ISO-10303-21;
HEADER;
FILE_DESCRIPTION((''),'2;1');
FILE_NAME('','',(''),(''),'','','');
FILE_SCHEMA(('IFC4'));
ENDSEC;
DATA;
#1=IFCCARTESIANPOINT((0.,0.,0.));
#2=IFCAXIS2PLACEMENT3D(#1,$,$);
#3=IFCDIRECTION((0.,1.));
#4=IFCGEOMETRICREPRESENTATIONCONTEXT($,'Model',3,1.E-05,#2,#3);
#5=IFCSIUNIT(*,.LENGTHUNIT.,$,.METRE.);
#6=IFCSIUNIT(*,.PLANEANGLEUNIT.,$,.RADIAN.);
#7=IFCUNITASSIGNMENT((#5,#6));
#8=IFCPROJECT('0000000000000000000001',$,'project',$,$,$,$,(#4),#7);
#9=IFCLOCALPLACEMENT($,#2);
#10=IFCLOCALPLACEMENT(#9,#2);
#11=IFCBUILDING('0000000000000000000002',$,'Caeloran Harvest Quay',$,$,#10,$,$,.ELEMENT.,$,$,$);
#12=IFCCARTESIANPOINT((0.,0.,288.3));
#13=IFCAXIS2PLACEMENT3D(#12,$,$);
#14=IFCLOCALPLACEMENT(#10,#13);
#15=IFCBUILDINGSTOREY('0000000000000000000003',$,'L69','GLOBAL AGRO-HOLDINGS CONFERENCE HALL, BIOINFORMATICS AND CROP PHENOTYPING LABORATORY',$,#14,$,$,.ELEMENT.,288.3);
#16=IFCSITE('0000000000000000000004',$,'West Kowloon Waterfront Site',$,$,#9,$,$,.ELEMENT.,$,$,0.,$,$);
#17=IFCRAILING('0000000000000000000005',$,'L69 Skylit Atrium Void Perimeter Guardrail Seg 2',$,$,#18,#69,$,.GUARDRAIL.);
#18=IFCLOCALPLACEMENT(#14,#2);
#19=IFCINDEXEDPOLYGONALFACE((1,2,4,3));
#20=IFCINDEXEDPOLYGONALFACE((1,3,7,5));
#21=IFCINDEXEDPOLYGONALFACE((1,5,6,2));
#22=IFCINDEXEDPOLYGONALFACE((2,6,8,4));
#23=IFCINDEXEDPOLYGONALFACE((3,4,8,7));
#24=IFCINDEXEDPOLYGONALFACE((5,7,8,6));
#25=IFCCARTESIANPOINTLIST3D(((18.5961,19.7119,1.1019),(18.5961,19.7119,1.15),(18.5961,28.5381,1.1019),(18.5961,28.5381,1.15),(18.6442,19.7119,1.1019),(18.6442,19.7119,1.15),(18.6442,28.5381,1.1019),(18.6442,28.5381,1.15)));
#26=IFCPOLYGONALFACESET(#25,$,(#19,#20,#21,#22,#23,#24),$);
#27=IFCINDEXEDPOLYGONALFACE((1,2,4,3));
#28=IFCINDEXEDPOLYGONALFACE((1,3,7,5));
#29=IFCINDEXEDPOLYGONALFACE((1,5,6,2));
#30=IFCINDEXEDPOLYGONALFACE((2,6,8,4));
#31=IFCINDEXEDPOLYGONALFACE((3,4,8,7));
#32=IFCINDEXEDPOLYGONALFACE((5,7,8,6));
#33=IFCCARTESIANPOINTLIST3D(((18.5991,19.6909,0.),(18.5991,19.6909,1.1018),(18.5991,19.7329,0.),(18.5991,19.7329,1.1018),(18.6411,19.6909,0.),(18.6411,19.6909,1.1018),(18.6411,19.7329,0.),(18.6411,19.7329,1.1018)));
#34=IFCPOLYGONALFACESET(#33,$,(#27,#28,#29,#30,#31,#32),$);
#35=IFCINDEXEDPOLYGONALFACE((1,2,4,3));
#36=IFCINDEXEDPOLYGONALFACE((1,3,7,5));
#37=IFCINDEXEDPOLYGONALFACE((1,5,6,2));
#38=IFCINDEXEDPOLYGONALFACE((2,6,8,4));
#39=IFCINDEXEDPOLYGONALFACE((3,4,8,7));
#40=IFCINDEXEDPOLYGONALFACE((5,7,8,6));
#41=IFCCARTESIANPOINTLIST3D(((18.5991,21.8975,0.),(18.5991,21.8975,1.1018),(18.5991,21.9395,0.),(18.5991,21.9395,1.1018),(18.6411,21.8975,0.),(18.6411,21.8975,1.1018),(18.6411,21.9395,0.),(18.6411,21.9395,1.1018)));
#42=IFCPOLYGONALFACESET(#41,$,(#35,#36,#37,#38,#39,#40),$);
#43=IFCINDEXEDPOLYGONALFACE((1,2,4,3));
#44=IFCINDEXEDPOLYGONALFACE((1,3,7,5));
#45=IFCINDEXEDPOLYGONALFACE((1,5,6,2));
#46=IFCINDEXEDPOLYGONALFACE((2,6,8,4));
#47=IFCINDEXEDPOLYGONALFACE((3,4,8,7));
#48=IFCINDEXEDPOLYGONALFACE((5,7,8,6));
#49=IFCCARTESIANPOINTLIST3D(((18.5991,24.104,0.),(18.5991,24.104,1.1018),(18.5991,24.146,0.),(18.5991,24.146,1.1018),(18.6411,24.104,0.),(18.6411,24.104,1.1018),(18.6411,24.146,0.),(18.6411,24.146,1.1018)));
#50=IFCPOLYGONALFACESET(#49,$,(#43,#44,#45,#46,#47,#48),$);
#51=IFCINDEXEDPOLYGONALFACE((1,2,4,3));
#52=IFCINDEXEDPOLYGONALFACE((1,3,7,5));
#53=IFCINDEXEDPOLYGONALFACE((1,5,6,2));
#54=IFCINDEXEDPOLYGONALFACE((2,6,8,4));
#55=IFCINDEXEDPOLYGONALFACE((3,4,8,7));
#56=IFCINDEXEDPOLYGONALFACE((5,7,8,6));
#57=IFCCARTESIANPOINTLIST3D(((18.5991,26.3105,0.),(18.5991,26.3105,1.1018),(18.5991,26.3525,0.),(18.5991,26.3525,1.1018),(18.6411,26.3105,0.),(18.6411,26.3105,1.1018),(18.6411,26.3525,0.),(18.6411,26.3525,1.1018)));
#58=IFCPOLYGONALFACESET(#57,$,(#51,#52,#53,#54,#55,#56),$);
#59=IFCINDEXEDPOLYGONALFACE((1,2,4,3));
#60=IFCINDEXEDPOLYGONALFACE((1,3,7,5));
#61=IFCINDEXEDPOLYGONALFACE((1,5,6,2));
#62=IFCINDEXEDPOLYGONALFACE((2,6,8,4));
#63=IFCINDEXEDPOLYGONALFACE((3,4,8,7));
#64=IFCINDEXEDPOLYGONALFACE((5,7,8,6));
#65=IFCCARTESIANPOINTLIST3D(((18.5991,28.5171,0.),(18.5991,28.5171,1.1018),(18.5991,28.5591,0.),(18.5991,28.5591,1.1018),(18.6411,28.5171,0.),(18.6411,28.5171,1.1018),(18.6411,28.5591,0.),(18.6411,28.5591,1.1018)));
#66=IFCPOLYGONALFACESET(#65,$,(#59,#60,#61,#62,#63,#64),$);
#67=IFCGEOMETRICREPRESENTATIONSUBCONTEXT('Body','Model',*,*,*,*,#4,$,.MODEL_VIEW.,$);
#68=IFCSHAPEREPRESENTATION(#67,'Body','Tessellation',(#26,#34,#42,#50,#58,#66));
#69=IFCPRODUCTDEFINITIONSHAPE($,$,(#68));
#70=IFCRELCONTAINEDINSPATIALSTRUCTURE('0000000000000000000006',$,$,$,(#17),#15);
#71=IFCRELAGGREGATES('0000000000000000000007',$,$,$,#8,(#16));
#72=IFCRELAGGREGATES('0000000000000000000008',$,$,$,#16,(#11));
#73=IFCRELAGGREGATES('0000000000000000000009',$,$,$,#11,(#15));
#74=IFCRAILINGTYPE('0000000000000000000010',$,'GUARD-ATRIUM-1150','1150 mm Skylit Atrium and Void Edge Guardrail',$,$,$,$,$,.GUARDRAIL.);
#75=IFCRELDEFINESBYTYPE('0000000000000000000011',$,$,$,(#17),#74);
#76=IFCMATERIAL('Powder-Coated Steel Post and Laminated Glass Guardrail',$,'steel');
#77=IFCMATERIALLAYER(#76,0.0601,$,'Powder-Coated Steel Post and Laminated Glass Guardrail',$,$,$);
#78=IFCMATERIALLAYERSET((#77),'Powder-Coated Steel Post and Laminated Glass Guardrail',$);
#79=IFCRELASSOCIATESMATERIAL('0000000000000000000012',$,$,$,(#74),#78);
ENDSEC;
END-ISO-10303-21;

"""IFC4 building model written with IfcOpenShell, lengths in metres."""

from ifc_helpers import new_model, si_unit, direction, frame, origin, origin_2d, place, context, subcontext, project, spatial, rectangle, extrude, material, layer, layer_set, type_object, element, save


model = new_model("IFC4")

# Units and contexts
model_context = context("Model", 3, precision=1e-05, world=origin(), true_north=direction((0.0, 1.0)))
body_context = subcontext(model_context, "Body", "Model", "MODEL_VIEW")
ifc_project = project(units=[si_unit("LENGTHUNIT", "METRE"), si_unit("PLANEANGLEUNIT", "RADIAN")], contexts=[model_context])

# Site, building, storey
site_placement = place(None, origin())
site = spatial("IfcSite", under=ifc_project, at=site_placement, Name="West Kowloon Waterfront Site", CompositionType="ELEMENT", RefElevation=0.0)
building_placement = place(site_placement, origin())
building = spatial("IfcBuilding", under=site, at=building_placement, Name="Caeloran Harvest Quay", CompositionType="ELEMENT")
storey_placement = place(building_placement, frame((0.0, 0.0, 288.3)))
storey = spatial("IfcBuildingStorey", under=building, at=storey_placement, Name="L69", Description="GLOBAL AGRO-HOLDINGS CONFERENCE HALL, BIOINFORMATICS AND CROP PHENOTYPING LABORATORY", CompositionType="ELEMENT", Elevation=288.3)

# Railing
ifc_material_1 = material(Name="Powder-Coated Steel Post and Laminated Glass Guardrail", Category="steel")
ifc_layer_1 = layer(ifc_material_1, 0.0601, Name="Powder-Coated Steel Post and Laminated Glass Guardrail")
ifc_layer_set_1 = layer_set([ifc_layer_1], Name="Powder-Coated Steel Post and Laminated Glass Guardrail")
railing_type = type_object("IfcRailingType", Name="GUARD-ATRIUM-1150", Description="1150 mm Skylit Atrium and Void Edge Guardrail", PredefinedType="GUARDRAIL", material=ifc_layer_set_1)
railing_1_placement = place(storey_placement, frame((18.6201, 19.7119, 0.0)))
element("IfcRailing", 1, at=railing_1_placement, inside=storey, type_object=railing_type, Name="L69 Skylit Atrium Void Perimeter Guardrail Seg 2", PredefinedType="GUARDRAIL", context=body_context, shape_type="SweptSolid", body=[
    extrude(rectangle(XDim=0.0481, YDim=0.0481, at=origin_2d()), frame((0.0, 0.0, 1.126), z_axis=(0.0, 1.0, 0.0), x_axis=(-1.0, 0.0, 0.0)), (0.0, 0.0, 1.0), 8.8262),
    extrude(rectangle(XDim=0.042, YDim=0.042, at=origin_2d()), origin(), (0.0, 0.0, 1.0), 1.1018),
    extrude(rectangle(XDim=0.042, YDim=0.042, at=origin_2d()), frame((0.0, 2.2065, 0.0)), (0.0, 0.0, 1.0), 1.1018),
    extrude(rectangle(XDim=0.042, YDim=0.042, at=origin_2d()), frame((0.0, 4.4131, 0.0)), (0.0, 0.0, 1.0), 1.1018),
    extrude(rectangle(XDim=0.042, YDim=0.042, at=origin_2d()), frame((0.0, 6.6196, 0.0)), (0.0, 0.0, 1.0), 1.1018),
    extrude(rectangle(XDim=0.042, YDim=0.042, at=origin_2d()), frame((0.0, 8.8262, 0.0)), (0.0, 0.0, 1.0), 1.1018),
])

save(model, "model.ifc")
